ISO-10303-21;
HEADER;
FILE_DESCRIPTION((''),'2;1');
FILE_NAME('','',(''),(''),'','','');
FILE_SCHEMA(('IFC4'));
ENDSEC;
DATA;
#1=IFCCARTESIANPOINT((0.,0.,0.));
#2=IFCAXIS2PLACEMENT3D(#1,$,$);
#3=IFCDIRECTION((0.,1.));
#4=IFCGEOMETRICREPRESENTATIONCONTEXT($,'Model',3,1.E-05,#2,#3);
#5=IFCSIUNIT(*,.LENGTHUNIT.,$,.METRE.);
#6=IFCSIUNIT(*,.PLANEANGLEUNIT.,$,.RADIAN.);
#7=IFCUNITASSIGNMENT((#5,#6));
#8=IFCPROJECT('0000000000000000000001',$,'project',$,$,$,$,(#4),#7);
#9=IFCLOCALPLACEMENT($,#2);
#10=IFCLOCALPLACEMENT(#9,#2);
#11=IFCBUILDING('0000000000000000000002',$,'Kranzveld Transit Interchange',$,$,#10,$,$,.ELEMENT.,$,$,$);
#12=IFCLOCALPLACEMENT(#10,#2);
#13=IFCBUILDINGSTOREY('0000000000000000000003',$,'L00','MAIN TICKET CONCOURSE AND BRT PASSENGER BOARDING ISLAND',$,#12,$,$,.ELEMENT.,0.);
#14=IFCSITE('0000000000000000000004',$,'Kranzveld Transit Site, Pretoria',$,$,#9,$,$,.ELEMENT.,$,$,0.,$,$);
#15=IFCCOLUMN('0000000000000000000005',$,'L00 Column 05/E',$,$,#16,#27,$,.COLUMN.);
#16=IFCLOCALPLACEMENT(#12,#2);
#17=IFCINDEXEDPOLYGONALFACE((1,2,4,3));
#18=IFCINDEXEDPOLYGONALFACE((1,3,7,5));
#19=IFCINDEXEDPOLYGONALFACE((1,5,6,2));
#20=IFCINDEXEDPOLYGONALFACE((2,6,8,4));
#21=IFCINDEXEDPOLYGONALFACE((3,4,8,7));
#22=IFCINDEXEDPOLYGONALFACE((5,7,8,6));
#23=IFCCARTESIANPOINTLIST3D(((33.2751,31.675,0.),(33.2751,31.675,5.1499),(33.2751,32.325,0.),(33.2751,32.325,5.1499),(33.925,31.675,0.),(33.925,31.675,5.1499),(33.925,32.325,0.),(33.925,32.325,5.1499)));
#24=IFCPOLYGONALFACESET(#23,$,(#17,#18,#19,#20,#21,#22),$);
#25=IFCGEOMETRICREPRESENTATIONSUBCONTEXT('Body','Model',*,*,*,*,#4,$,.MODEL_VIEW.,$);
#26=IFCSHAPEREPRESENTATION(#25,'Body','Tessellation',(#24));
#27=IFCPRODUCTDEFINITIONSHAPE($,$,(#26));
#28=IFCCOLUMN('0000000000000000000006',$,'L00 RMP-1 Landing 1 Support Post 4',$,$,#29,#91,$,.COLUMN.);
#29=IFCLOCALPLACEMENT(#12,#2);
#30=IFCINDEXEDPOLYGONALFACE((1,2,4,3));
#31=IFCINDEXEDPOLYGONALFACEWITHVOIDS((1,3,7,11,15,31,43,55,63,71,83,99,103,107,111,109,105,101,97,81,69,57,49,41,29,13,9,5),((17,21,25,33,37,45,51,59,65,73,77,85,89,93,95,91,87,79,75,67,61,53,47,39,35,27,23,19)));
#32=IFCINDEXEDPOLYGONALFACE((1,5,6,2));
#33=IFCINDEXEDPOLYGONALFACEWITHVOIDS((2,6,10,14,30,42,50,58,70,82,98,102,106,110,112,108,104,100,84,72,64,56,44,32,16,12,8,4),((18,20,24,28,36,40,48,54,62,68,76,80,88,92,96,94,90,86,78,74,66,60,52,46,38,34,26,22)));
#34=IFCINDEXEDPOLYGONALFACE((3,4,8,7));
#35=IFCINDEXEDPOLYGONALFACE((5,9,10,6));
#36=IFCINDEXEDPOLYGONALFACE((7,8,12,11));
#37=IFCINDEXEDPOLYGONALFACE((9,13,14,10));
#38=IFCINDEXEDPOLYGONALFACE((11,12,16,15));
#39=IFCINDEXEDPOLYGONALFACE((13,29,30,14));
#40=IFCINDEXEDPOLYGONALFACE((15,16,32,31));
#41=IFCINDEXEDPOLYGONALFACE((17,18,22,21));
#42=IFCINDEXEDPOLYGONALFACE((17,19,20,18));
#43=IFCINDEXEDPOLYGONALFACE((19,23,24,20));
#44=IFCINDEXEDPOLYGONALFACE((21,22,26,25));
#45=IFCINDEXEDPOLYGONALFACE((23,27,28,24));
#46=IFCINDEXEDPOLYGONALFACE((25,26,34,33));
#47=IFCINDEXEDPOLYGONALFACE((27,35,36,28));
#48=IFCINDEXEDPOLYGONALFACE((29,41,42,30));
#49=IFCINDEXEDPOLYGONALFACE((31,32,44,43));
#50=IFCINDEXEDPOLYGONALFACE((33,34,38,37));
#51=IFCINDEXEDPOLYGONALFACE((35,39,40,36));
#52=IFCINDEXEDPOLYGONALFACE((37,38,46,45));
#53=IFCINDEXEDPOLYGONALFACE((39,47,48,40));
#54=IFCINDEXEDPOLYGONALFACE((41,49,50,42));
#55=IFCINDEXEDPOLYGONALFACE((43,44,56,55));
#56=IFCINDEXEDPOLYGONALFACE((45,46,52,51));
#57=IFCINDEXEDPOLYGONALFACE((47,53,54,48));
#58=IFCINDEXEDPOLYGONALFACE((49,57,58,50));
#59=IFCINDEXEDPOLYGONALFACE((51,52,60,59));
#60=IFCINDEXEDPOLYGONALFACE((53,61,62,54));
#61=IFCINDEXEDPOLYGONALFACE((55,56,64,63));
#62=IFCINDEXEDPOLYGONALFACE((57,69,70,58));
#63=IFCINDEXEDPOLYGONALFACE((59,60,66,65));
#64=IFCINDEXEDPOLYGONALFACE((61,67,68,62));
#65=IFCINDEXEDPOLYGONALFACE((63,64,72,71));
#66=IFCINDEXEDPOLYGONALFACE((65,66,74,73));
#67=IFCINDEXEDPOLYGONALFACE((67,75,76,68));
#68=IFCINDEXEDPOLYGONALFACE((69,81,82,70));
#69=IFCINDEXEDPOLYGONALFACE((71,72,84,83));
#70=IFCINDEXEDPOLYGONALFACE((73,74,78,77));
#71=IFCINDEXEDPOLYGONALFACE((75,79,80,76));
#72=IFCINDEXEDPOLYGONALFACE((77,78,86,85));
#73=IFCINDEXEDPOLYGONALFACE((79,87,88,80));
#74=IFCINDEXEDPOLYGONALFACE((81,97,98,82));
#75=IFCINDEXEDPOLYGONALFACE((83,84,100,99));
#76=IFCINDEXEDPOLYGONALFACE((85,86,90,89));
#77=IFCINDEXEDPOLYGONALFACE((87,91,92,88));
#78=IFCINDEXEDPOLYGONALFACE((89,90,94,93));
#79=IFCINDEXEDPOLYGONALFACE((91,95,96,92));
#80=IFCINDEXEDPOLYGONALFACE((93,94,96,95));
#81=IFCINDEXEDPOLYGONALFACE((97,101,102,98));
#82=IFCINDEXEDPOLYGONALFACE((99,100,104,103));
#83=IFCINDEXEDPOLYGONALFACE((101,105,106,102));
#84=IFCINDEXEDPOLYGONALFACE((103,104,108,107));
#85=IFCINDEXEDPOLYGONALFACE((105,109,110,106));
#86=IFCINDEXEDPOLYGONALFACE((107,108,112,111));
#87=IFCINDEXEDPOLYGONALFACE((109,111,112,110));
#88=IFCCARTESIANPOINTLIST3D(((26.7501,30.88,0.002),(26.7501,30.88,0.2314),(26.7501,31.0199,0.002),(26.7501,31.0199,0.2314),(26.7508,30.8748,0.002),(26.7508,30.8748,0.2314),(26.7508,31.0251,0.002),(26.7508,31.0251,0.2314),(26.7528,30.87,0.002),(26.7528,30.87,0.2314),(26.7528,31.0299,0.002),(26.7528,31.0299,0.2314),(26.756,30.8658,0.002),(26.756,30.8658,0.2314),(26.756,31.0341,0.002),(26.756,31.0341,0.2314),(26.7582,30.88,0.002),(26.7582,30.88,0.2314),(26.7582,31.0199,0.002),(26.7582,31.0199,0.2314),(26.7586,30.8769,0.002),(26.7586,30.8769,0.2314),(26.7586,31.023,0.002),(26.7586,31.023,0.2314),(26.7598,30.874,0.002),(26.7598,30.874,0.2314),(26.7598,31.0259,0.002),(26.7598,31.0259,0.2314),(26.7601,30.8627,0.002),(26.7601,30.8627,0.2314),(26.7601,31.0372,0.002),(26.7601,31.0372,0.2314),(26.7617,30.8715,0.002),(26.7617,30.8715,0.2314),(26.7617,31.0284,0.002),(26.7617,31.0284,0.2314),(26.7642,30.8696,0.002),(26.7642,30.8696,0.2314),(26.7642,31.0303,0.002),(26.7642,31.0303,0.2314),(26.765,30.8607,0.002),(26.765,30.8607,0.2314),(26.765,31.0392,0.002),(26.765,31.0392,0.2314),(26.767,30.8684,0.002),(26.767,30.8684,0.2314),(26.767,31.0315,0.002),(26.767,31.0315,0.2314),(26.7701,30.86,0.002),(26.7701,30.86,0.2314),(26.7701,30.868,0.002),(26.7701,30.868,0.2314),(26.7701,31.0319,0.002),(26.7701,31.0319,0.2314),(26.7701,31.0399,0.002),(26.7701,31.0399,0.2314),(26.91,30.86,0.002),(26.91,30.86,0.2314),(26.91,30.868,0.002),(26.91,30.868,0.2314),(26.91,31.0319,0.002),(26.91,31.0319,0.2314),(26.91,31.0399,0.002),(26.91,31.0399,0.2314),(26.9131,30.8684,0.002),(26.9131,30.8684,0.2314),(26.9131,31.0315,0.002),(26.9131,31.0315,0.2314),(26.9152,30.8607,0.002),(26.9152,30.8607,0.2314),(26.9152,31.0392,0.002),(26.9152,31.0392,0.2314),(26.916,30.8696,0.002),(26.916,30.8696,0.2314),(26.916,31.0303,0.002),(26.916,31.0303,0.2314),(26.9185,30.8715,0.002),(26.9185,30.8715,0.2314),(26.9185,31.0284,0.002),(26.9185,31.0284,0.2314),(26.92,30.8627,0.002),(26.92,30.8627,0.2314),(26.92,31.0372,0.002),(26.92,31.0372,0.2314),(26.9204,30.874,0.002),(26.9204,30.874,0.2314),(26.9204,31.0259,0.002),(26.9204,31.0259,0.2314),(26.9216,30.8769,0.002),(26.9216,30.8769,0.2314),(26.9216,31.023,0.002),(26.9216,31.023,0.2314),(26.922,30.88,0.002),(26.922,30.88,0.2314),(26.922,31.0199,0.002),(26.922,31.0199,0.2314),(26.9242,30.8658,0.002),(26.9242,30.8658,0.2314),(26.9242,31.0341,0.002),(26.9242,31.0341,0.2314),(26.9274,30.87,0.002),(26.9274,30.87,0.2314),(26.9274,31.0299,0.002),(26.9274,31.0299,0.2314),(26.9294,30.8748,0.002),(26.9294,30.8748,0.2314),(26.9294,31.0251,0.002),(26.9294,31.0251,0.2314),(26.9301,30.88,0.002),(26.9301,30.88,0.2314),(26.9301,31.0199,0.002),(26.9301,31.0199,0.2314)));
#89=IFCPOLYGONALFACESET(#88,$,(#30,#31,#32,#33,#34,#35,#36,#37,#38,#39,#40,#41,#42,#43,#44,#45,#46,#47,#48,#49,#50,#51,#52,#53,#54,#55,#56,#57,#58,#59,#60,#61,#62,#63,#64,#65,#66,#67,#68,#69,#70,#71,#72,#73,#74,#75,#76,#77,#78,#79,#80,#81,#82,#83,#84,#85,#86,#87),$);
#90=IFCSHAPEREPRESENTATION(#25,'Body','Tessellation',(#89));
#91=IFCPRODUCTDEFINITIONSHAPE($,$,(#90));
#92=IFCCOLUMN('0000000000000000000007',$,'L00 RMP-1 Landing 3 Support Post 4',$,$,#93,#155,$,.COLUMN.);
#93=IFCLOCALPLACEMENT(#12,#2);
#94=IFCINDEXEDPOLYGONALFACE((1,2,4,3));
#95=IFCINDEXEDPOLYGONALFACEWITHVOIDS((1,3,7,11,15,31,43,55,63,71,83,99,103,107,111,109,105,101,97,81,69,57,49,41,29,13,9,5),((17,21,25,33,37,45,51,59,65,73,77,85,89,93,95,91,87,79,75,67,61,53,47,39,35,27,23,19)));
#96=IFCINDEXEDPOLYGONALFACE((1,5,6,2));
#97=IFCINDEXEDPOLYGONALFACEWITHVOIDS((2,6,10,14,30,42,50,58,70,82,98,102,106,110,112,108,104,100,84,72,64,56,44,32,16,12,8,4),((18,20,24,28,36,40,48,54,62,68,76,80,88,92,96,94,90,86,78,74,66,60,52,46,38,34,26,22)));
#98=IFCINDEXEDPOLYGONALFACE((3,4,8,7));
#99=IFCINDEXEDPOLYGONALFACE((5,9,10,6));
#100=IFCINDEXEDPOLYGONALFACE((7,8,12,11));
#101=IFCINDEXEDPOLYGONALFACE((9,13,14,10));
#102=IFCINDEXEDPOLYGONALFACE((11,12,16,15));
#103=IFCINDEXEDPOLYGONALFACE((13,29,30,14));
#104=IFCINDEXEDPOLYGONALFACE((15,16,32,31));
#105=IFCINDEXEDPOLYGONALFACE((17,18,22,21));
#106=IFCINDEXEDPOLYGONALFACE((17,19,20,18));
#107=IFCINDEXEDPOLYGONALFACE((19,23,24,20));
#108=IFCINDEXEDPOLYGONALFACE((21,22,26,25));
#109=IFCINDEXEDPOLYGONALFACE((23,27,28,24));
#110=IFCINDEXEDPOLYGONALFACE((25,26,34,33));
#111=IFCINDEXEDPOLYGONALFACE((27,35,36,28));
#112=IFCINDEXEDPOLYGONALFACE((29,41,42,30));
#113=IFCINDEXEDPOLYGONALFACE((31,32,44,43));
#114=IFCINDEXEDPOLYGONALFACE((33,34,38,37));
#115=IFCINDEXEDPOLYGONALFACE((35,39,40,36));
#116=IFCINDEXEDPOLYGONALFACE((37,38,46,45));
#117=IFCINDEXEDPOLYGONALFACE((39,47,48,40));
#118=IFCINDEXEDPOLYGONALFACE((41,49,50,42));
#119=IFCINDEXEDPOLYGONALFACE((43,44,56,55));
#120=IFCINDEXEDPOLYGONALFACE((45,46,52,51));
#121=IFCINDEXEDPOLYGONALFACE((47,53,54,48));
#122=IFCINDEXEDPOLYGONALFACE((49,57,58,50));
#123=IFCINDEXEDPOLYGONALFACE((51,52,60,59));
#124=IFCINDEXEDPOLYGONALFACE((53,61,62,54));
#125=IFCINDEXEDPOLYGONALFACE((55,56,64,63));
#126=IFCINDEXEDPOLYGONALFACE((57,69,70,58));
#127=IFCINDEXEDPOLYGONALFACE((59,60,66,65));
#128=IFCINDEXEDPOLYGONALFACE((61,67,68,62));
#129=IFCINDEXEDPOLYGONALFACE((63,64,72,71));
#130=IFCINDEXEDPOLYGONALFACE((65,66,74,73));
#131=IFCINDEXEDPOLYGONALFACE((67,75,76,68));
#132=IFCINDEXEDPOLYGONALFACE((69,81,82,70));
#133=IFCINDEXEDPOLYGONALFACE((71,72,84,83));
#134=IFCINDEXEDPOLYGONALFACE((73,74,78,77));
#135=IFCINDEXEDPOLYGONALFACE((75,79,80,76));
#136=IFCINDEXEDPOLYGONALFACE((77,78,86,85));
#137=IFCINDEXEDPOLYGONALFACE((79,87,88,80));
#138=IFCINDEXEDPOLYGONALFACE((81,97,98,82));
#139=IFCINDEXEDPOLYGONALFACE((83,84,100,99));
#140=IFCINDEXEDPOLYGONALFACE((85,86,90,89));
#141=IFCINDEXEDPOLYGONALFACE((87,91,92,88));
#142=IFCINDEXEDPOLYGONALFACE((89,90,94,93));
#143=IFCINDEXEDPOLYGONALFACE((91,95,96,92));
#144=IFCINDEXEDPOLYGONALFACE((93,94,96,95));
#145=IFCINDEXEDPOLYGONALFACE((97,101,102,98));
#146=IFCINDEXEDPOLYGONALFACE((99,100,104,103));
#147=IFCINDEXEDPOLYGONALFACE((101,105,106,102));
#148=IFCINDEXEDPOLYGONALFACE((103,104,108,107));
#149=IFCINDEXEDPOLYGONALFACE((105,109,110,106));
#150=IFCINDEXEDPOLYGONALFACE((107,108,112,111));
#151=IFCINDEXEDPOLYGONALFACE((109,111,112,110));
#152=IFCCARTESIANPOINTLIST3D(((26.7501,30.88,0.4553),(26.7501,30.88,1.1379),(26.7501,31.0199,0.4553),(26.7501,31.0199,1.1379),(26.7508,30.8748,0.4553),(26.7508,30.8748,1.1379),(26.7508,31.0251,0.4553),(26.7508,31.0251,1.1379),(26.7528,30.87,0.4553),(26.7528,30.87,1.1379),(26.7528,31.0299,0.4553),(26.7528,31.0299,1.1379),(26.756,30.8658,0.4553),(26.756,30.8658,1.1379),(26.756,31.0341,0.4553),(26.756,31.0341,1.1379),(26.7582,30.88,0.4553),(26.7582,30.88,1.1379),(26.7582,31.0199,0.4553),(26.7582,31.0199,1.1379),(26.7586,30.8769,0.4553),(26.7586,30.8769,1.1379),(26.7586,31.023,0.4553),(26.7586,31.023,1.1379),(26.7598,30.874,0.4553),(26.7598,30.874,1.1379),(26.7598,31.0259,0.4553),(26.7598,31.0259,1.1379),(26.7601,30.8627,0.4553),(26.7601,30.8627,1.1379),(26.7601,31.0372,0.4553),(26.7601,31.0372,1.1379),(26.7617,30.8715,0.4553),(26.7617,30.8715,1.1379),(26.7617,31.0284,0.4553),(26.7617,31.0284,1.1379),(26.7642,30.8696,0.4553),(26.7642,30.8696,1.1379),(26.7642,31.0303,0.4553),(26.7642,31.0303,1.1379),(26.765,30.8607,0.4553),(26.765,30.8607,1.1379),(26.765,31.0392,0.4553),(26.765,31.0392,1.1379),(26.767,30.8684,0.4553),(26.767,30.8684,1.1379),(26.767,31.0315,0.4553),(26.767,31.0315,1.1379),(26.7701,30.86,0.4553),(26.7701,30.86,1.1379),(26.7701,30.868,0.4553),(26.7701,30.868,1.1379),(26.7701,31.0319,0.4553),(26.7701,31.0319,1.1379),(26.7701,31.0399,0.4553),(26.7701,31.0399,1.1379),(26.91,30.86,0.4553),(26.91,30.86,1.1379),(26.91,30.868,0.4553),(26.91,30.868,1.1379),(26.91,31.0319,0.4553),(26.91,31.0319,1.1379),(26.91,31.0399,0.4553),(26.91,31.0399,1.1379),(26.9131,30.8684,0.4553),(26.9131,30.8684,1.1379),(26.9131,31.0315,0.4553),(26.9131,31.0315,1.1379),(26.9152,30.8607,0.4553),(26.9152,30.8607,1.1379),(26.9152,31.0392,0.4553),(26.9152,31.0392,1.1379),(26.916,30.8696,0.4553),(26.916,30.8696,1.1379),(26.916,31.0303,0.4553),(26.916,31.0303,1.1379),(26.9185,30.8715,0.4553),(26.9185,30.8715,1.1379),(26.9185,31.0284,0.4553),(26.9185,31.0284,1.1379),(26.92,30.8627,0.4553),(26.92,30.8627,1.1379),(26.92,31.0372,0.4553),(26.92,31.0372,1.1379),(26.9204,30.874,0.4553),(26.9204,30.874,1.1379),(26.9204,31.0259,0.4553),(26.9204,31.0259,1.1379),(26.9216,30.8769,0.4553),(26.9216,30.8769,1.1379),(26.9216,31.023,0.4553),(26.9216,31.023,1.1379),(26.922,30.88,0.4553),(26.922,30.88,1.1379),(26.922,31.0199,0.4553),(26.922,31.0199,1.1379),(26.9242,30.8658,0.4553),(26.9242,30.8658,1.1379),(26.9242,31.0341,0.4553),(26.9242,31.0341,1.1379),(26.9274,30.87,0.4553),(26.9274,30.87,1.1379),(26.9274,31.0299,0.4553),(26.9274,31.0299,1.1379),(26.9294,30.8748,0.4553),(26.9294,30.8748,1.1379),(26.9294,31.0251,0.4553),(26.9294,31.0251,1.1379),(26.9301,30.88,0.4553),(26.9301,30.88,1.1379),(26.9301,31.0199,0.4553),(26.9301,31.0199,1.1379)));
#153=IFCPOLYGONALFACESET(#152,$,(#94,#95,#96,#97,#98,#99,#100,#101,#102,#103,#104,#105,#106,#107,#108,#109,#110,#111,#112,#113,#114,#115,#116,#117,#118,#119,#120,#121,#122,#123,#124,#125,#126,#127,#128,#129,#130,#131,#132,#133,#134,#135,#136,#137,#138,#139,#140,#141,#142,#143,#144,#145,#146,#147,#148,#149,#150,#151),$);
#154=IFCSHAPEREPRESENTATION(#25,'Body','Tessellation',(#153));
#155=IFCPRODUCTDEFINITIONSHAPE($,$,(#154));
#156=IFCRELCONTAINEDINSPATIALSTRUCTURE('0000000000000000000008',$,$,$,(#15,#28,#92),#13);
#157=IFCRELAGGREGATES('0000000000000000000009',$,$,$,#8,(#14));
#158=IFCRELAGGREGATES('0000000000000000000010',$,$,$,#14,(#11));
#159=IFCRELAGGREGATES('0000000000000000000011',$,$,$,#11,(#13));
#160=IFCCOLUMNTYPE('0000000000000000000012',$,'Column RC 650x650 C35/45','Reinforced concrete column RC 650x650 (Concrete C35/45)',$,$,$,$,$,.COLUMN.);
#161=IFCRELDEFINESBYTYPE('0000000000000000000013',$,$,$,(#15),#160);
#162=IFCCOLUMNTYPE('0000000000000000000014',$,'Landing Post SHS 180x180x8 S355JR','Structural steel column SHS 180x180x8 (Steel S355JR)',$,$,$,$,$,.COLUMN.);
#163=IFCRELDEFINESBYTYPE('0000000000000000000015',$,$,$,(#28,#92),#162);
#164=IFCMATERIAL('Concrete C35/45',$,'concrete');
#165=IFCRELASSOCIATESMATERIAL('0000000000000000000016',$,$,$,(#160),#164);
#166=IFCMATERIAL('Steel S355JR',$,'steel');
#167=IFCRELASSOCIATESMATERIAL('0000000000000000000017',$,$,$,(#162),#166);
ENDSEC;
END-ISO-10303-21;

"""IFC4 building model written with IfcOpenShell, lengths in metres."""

from ifc_helpers import new_model, si_unit, direction, frame, origin, origin_2d, place, context, subcontext, project, spatial, rectangle, hollow_rectangle, extrude, material, material_profile, profile_set, type_object, element, save


model = new_model("IFC4")

# Units and contexts
model_context = context("Model", 3, precision=1e-05, world=origin(), true_north=direction((0.0, 1.0)))
body_context = subcontext(model_context, "Body", "Model", "MODEL_VIEW")
ifc_project = project(units=[si_unit("LENGTHUNIT", "METRE"), si_unit("PLANEANGLEUNIT", "RADIAN")], contexts=[model_context])

# Site, building, storey
site_placement = place(None, origin())
site = spatial("IfcSite", under=ifc_project, at=site_placement, Name="Kranzveld Transit Site, Pretoria", CompositionType="ELEMENT", RefElevation=0.0)
building_placement = place(site_placement, origin())
building = spatial("IfcBuilding", under=site, at=building_placement, Name="Kranzveld Transit Interchange", CompositionType="ELEMENT")
storey_placement = place(building_placement, origin())
storey = spatial("IfcBuildingStorey", under=building, at=storey_placement, Name="L00", Description="MAIN TICKET CONCOURSE AND BRT PASSENGER BOARDING ISLAND", CompositionType="ELEMENT", Elevation=0.0)

# Columns
ifc_material_1 = material(Name="Concrete C35/45", Category="concrete")
ifc_material_profile_1 = material_profile(ifc_material_1, rectangle(XDim=0.6499, YDim=0.6499, at=origin_2d()), Name="RC 650x650")
ifc_profile_set_1 = profile_set([ifc_material_profile_1], Name="Concrete C35/45")
column_type_1 = type_object("IfcColumnType", Name="Column RC 650x650 C35/45", Description="Reinforced concrete column RC 650x650 (Concrete C35/45)", PredefinedType="COLUMN", material=ifc_profile_set_1)
column_1_placement = place(storey_placement, frame((33.6001, 32.0, 0.0), z_axis=(0.0, 0.0, 1.0), x_axis=(1.0, 0.0, 0.0)))
element("IfcColumn", 1, at=column_1_placement, inside=storey, type_object=column_type_1, Name="L00 Column 05/E", PredefinedType="COLUMN", context=body_context, shape_type="SweptSolid", body=[
    extrude(rectangle(XDim=0.6499, YDim=0.6499, at=origin_2d()), origin(), (0.0, 0.0, 1.0), 5.1499),
])
ifc_material_2 = material(Name="Steel S355JR", Category="steel")
ifc_material_profile_2 = material_profile(ifc_material_2, hollow_rectangle(XDim=0.1799, YDim=0.1799, WallThickness=0.0081, InnerFilletRadius=0.012, OuterFilletRadius=0.02, at=origin_2d()), Name="SHS 180x180x8")
ifc_profile_set_2 = profile_set([ifc_material_profile_2], Name="Steel S355JR")
column_type_2 = type_object("IfcColumnType", Name="Landing Post SHS 180x180x8 S355JR", Description="Structural steel column SHS 180x180x8 (Steel S355JR)", PredefinedType="COLUMN", material=ifc_profile_set_2)
column_2_placement = place(storey_placement, frame((26.8401, 30.95, 0.002), z_axis=(0.0, 0.0, 1.0), x_axis=(1.0, 0.0, 0.0)))
element("IfcColumn", 2, at=column_2_placement, inside=storey, type_object=column_type_2, Name="L00 RMP-1 Landing 1 Support Post 4", PredefinedType="COLUMN", context=body_context, shape_type="SweptSolid", body=[
    extrude(hollow_rectangle(XDim=0.1799, YDim=0.1799, WallThickness=0.0081, InnerFilletRadius=0.012, OuterFilletRadius=0.02, at=origin_2d()), origin(), (0.0, 0.0, 1.0), 0.2295),
])
for number, where, z_axis, x_axis, name in (
    (3, (26.8401, 30.95, 0.4553), (0.0, 0.0, 1.0), (1.0, 0.0, 0.0), "L00 RMP-1 Landing 3 Support Post 4"),
):
    element("IfcColumn", number, at=place(storey_placement, frame(where, z_axis=z_axis, x_axis=x_axis)), inside=storey, type_object=column_type_2, Name=name, PredefinedType="COLUMN", context=body_context, shape_type="SweptSolid", body=[
        extrude(hollow_rectangle(XDim=0.1799, YDim=0.1799, WallThickness=0.0081, InnerFilletRadius=0.012, OuterFilletRadius=0.02, at=origin_2d()), origin(), (0.0, 0.0, 1.0), 0.6826),
    ])

save(model, "model.ifc")
